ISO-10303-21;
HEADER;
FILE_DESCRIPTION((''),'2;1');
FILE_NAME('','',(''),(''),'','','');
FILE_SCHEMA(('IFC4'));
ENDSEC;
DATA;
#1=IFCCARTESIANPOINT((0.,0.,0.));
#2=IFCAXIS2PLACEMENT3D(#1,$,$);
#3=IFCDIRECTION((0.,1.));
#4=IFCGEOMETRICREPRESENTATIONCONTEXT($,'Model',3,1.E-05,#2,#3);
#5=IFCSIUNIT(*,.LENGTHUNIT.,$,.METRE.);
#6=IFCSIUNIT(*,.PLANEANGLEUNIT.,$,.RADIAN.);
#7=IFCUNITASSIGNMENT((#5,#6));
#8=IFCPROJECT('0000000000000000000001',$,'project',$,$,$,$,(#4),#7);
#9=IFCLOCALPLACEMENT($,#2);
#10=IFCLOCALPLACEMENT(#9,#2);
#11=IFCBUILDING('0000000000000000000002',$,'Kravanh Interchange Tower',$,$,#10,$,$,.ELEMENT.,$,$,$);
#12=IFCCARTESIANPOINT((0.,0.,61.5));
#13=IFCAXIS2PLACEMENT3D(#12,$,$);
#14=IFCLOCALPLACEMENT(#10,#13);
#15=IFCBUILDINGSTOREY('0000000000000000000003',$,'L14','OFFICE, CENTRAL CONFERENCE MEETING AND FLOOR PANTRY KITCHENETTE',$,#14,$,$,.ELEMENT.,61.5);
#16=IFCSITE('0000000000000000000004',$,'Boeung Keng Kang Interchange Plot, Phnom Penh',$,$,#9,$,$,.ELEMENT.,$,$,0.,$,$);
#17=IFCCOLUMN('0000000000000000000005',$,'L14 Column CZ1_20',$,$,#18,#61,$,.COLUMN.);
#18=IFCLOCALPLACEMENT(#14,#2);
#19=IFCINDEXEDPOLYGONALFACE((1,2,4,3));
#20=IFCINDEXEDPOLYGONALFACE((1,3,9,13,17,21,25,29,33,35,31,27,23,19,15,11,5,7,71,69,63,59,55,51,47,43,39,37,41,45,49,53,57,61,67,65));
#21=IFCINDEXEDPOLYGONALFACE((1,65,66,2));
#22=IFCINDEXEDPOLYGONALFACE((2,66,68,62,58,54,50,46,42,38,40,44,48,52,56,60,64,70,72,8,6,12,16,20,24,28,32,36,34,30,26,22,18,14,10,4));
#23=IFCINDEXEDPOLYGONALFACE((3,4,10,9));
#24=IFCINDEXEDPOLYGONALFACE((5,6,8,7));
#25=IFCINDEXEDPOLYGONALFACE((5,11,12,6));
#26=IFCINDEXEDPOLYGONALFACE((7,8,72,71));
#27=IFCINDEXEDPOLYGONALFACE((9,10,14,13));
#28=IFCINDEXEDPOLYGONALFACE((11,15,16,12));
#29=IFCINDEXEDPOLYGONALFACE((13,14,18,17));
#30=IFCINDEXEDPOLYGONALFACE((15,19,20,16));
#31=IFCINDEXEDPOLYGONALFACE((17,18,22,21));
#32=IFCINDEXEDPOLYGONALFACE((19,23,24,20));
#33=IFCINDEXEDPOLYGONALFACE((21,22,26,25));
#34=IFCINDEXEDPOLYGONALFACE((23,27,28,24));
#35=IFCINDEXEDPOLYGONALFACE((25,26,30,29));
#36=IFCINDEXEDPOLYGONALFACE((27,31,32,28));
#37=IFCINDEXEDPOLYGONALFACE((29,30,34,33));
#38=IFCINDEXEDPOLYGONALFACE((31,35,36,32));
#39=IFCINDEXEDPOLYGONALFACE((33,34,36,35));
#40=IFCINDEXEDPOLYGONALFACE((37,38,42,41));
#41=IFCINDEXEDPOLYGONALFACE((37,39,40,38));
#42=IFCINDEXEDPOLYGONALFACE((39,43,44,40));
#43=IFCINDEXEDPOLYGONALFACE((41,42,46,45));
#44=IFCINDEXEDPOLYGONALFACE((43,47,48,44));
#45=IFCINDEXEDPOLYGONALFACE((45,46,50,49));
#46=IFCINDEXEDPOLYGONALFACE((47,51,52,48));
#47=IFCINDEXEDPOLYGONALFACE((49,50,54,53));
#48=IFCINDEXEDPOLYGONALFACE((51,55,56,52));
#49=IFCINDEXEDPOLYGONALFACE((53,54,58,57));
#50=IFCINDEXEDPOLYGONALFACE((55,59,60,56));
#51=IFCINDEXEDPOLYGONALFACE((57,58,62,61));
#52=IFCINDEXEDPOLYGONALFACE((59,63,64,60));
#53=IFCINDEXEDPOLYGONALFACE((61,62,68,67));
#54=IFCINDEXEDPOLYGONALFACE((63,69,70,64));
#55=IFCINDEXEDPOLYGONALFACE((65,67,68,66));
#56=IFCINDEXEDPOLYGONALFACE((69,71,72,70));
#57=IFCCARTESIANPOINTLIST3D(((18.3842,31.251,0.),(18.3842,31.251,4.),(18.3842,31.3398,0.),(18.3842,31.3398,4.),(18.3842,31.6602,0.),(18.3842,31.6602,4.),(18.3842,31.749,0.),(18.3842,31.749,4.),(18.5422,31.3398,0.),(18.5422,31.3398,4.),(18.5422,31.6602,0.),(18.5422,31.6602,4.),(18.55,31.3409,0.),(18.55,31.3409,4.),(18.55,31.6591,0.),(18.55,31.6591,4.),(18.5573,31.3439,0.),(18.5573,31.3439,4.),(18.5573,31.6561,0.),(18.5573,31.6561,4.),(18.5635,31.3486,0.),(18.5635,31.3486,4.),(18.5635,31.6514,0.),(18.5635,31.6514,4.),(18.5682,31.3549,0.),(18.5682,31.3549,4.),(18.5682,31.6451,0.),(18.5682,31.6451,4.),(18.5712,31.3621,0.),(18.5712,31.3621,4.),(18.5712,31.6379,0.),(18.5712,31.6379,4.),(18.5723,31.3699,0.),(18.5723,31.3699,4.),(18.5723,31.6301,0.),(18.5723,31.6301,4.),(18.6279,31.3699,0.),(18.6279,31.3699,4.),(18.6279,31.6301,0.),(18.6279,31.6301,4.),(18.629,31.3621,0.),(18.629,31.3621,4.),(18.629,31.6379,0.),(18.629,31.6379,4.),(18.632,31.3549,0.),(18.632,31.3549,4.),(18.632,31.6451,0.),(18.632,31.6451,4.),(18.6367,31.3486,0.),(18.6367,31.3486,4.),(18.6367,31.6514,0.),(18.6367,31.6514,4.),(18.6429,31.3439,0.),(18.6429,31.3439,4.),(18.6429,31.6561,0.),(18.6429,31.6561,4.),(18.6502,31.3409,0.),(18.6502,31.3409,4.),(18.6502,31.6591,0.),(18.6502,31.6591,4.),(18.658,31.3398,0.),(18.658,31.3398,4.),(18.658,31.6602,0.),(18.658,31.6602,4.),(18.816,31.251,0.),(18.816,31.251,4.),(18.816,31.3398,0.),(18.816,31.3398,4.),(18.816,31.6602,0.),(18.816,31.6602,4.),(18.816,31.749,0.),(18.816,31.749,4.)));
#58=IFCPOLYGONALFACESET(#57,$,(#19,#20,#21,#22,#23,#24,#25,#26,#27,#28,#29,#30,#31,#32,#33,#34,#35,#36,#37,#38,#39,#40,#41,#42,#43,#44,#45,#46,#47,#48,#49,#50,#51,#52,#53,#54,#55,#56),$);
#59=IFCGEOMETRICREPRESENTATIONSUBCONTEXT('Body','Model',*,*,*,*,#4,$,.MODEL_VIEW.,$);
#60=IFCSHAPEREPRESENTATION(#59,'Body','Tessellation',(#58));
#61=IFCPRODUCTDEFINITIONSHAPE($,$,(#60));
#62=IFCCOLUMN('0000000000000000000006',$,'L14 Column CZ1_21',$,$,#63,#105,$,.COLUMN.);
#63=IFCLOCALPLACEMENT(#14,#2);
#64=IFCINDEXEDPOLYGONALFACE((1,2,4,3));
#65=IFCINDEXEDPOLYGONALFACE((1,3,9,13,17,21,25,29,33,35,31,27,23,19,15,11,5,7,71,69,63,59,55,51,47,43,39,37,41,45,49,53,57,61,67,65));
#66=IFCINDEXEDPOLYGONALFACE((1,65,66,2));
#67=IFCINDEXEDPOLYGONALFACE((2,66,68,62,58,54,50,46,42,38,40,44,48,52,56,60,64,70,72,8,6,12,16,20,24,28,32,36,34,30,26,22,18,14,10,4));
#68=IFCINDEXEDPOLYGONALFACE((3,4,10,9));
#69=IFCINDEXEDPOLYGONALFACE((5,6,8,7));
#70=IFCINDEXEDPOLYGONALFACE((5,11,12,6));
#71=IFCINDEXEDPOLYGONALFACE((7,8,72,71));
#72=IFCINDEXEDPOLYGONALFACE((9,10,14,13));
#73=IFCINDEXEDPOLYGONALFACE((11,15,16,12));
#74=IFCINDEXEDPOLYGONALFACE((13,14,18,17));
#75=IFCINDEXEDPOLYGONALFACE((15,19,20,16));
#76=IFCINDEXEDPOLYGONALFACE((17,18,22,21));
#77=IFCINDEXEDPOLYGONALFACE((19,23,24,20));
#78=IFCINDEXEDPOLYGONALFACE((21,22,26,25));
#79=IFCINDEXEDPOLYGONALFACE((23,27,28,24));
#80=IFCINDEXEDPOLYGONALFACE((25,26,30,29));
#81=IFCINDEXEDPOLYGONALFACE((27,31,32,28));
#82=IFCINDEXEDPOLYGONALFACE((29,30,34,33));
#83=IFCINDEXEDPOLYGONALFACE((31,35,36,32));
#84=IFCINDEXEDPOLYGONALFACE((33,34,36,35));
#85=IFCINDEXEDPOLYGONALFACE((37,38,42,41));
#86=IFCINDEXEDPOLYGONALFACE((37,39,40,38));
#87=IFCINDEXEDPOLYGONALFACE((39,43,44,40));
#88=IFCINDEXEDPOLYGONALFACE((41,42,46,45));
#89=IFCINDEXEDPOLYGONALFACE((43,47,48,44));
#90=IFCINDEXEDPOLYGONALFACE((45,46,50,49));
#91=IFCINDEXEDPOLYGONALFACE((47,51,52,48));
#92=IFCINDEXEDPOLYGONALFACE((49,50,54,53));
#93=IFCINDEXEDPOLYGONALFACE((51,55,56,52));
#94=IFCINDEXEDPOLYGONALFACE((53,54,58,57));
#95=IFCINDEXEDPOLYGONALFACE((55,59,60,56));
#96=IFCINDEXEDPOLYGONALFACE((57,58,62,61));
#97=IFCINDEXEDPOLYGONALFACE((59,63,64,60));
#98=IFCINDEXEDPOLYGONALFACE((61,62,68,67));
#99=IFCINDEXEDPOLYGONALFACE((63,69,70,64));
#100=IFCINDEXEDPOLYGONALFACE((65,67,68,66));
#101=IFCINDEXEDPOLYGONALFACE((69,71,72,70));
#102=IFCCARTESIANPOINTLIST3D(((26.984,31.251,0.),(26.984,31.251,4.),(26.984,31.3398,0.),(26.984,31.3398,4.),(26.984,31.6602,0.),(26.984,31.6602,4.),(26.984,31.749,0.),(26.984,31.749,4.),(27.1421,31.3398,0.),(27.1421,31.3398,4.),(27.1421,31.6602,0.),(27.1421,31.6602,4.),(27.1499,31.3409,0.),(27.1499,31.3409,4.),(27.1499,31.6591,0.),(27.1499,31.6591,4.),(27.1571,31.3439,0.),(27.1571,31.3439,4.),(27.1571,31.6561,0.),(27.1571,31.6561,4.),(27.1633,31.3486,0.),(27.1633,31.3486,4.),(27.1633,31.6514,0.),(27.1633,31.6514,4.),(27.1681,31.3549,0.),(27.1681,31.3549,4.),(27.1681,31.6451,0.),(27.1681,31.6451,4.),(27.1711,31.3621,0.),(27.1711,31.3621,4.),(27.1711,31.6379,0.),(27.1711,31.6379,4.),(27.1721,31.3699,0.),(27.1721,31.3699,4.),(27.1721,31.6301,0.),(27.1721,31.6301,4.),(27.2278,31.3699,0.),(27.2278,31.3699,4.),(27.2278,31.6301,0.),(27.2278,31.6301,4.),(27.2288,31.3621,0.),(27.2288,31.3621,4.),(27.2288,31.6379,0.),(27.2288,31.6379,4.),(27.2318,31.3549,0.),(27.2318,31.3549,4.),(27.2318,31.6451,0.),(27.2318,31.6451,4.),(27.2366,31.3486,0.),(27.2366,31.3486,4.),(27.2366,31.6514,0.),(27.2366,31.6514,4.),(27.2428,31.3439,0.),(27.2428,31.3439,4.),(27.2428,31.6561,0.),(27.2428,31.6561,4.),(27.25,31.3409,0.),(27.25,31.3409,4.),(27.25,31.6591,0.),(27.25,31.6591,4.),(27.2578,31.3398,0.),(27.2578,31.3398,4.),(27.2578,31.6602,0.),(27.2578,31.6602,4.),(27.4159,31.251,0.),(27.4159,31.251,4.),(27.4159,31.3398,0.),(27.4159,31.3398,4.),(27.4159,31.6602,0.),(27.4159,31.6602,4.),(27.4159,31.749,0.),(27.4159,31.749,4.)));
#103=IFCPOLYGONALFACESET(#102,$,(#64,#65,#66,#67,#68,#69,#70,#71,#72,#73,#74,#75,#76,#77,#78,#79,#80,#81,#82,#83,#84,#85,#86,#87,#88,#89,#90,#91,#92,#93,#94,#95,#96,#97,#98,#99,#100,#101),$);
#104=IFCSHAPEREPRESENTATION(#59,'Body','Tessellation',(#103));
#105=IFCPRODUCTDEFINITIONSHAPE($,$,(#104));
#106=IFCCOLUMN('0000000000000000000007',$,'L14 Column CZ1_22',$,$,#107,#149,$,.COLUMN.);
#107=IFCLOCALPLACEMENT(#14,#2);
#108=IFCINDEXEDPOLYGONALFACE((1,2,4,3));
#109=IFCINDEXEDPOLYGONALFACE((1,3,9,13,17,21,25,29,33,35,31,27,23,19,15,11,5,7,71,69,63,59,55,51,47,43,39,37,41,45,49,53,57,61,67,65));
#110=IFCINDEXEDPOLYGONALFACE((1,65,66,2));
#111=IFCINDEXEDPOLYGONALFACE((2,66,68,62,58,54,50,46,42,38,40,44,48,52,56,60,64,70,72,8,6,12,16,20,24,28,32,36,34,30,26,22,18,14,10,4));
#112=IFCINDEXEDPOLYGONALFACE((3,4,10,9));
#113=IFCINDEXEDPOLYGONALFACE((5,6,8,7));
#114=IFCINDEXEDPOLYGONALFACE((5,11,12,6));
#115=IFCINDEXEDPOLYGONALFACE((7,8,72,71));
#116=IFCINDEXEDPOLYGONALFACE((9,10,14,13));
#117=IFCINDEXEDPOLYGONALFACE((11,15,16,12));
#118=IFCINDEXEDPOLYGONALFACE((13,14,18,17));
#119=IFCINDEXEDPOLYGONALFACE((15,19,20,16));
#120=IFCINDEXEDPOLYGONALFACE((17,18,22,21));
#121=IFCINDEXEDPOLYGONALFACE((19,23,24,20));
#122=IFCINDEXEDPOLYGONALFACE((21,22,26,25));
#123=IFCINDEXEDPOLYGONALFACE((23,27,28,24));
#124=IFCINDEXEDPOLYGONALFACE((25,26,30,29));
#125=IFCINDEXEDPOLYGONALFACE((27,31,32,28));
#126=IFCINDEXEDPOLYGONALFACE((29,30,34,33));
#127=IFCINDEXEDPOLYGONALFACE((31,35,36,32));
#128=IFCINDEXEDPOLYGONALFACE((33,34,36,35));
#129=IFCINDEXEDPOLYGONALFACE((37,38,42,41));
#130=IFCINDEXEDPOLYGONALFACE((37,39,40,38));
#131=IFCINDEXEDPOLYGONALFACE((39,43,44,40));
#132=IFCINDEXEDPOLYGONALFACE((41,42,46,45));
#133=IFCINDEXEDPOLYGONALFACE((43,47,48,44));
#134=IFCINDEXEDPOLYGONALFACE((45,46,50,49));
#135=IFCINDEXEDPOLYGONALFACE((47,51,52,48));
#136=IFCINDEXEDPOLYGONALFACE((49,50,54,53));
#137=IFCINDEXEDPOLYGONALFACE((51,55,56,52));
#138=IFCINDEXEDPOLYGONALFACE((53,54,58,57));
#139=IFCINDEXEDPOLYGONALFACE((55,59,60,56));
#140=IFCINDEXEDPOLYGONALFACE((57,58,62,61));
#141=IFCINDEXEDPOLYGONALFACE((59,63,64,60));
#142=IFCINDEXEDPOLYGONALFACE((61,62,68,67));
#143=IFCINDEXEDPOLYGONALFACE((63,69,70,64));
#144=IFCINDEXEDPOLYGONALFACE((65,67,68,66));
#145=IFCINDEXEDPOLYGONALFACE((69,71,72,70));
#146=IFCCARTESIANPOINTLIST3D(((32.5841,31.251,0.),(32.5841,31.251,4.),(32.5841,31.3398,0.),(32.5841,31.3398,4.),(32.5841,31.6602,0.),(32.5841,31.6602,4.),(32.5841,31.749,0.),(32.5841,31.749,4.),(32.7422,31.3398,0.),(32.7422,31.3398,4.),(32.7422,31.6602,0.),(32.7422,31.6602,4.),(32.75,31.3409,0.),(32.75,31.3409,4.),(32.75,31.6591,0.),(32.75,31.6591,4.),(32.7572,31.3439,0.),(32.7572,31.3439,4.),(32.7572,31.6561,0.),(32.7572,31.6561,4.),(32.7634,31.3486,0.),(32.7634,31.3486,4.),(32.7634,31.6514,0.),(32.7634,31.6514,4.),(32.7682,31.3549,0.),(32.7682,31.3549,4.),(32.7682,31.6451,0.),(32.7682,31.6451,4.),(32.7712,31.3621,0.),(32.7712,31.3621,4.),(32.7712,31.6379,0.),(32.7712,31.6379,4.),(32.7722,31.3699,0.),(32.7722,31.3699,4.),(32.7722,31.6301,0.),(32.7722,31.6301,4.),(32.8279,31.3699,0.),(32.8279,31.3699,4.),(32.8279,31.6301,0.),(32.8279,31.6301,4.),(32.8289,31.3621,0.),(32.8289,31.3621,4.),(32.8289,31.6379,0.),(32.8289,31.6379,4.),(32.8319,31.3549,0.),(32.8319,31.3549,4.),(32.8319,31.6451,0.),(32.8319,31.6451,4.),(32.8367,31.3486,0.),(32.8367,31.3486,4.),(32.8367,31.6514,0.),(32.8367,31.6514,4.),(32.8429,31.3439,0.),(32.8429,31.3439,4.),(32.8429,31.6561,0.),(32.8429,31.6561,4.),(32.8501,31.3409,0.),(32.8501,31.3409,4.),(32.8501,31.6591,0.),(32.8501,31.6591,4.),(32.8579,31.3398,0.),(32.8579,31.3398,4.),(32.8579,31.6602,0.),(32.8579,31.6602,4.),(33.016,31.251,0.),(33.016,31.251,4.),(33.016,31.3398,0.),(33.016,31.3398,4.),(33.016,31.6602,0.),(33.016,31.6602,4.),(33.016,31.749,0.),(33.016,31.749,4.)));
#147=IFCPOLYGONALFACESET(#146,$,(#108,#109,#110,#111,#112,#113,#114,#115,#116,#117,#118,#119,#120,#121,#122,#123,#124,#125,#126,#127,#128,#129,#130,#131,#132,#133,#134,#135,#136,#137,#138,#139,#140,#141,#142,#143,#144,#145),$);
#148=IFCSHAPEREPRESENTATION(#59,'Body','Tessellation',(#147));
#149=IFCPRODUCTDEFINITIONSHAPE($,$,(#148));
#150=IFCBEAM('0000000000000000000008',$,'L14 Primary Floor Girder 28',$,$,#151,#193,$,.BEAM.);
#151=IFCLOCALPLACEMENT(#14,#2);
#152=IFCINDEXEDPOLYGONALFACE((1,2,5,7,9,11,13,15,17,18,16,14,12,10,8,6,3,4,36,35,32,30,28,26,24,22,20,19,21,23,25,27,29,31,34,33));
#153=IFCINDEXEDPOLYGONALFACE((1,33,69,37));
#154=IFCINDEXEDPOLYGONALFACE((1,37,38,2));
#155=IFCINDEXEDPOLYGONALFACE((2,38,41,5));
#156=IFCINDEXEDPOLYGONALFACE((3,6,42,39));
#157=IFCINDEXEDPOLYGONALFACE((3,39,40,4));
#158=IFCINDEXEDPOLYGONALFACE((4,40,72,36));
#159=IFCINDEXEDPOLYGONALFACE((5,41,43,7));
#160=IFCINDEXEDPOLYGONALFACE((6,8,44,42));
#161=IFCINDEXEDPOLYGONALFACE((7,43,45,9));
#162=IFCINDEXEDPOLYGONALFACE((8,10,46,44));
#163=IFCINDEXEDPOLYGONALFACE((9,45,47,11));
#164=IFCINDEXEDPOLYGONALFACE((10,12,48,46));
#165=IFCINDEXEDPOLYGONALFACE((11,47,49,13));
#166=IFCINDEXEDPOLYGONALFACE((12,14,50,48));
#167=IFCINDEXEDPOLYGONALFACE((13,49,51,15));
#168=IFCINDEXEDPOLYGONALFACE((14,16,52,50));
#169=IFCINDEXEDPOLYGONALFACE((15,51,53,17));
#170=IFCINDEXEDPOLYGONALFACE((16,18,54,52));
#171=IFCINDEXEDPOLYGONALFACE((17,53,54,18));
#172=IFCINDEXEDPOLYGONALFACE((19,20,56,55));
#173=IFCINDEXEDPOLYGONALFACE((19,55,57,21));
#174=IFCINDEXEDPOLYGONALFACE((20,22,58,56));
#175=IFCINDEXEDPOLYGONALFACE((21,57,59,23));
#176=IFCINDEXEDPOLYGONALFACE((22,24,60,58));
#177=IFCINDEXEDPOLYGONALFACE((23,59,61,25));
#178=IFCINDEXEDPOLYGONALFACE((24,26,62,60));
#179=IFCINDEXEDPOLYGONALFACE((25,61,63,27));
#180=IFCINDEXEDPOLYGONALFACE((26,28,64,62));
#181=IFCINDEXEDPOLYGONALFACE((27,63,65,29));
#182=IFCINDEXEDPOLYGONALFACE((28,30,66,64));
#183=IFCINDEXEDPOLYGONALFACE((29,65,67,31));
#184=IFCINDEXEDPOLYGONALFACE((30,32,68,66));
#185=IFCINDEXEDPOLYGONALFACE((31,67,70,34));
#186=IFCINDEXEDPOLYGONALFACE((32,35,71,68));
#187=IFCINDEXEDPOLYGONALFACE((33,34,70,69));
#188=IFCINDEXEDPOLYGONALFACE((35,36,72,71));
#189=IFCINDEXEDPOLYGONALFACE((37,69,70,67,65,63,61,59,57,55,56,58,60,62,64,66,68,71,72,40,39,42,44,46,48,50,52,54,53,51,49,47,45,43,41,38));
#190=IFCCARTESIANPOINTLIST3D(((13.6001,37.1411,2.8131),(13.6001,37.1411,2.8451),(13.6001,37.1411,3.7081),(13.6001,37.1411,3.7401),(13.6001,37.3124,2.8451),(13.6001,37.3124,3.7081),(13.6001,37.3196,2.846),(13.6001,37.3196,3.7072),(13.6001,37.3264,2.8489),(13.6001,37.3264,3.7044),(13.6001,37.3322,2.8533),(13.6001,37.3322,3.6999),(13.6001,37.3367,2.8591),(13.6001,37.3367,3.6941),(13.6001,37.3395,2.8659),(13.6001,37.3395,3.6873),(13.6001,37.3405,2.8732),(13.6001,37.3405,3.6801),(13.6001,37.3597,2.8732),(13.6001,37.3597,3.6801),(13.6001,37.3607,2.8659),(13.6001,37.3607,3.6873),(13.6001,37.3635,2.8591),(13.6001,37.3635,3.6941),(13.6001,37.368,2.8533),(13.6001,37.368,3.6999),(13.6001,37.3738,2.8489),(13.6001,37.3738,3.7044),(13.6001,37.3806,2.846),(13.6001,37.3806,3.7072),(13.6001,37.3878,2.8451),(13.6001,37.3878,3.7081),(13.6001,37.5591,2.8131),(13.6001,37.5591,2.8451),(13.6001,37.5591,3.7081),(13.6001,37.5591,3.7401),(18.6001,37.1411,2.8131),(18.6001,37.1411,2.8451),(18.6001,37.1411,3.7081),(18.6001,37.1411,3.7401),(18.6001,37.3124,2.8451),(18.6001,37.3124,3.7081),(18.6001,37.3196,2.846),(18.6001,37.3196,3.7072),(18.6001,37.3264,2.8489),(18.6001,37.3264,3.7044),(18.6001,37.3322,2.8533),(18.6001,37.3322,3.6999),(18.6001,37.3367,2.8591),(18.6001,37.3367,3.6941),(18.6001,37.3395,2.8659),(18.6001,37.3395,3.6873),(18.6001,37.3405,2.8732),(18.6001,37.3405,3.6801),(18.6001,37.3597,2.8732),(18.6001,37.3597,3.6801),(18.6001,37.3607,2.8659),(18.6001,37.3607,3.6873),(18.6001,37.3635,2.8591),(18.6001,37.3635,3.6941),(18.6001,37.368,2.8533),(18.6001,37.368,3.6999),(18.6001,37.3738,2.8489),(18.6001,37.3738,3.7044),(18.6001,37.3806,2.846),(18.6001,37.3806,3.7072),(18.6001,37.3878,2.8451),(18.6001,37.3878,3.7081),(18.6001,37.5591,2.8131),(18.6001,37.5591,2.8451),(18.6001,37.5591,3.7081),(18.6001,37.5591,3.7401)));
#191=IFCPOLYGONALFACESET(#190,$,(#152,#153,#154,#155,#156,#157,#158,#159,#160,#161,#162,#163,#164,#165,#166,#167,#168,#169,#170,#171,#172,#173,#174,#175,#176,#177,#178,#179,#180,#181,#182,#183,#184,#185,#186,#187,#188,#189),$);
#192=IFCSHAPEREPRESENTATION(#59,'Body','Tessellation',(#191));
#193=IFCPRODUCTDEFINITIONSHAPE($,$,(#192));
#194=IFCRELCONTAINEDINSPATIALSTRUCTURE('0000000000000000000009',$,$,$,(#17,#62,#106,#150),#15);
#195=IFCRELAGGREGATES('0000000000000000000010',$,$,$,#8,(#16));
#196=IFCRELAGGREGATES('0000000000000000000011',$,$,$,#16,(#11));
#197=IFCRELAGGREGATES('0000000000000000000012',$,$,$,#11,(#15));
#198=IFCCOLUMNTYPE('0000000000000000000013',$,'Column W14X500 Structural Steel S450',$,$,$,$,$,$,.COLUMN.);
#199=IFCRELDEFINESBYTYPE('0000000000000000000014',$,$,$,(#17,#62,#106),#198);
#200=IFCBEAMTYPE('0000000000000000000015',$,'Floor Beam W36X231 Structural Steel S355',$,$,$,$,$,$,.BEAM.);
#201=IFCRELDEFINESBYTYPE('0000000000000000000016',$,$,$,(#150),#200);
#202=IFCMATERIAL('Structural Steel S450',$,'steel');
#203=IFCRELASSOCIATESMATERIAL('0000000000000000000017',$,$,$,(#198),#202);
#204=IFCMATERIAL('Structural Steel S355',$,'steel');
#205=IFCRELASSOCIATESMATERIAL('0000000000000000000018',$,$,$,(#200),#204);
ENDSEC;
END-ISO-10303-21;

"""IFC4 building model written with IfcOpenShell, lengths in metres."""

from ifc_helpers import new_model, si_unit, direction, frame, origin, origin_2d, place, context, subcontext, project, spatial, i_section, extrude, material, material_profile, profile_set, type_object, element, save


model = new_model("IFC4")

# Units and contexts
model_context = context("Model", 3, precision=1e-05, world=origin(), true_north=direction((0.0, 1.0)))
body_context = subcontext(model_context, "Body", "Model", "MODEL_VIEW")
ifc_project = project(units=[si_unit("LENGTHUNIT", "METRE"), si_unit("PLANEANGLEUNIT", "RADIAN")], contexts=[model_context])

# Site, building, storey
site_placement = place(None, origin())
site = spatial("IfcSite", under=ifc_project, at=site_placement, Name="Boeung Keng Kang Interchange Plot, Phnom Penh", CompositionType="ELEMENT", RefElevation=0.0)
building_placement = place(site_placement, origin())
building = spatial("IfcBuilding", under=site, at=building_placement, Name="Kravanh Interchange Tower", CompositionType="ELEMENT")
storey_placement = place(building_placement, frame((0.0, 0.0, 61.5)))
storey = spatial("IfcBuildingStorey", under=building, at=storey_placement, Name="L14", Description="OFFICE, CENTRAL CONFERENCE MEETING AND FLOOR PANTRY KITCHENETTE", CompositionType="ELEMENT", Elevation=61.5)

# Columns
ifc_material_1 = material(Name="Structural Steel S450", Category="steel")
ifc_material_profile_1 = material_profile(ifc_material_1, i_section(OverallWidth=0.4319, OverallDepth=0.498, WebThickness=0.0557, FlangeThickness=0.0889, FilletRadius=0.03, at=origin_2d()), Name="W14X500")
ifc_profile_set_1 = profile_set([ifc_material_profile_1], Name="Structural Steel S450")
column_type_1 = type_object("IfcColumnType", Name="Column W14X500 Structural Steel S450", PredefinedType="COLUMN", material=ifc_profile_set_1)
for number, where, z_axis, x_axis, name in (
    (1, (18.6001, 31.5, 0.0), (0.0, 0.0, 1.0), (1.0, 0.0, 0.0), "L14 Column CZ1_20"),
    (2, (27.2, 31.5, 0.0), (0.0, 0.0, 1.0), (1.0, 0.0, 0.0), "L14 Column CZ1_21"),
    (3, (32.8, 31.5, 0.0), (0.0, 0.0, 1.0), (1.0, 0.0, 0.0), "L14 Column CZ1_22"),
):
    element("IfcColumn", number, at=place(storey_placement, frame(where, z_axis=z_axis, x_axis=x_axis)), inside=storey, type_object=column_type_1, Name=name, PredefinedType="COLUMN", context=body_context, shape_type="SweptSolid", body=[
        extrude(i_section(OverallWidth=0.4319, OverallDepth=0.498, WebThickness=0.0557, FlangeThickness=0.0889, FilletRadius=0.03, at=origin_2d()), origin(), (0.0, 0.0, 1.0), 4.0),
    ])

# Beam
ifc_material_2 = material(Name="Structural Steel S355", Category="steel")
ifc_material_profile_2 = material_profile(ifc_material_2, i_section(OverallWidth=0.418, OverallDepth=0.927, WebThickness=0.0193, FlangeThickness=0.032, FilletRadius=0.0281, at=origin_2d()), Name="W36X231")
ifc_profile_set_2 = profile_set([ifc_material_profile_2], Name="Structural Steel S355")
beam_type_1 = type_object("IfcBeamType", Name="Floor Beam W36X231 Structural Steel S355", PredefinedType="BEAM", material=ifc_profile_set_2)
beam_1_placement = place(storey_placement, frame((18.6001, 37.3501, 3.2766), z_axis=(-1.0, 0.0, 0.0), x_axis=(0.0, -1.0, 0.0)))
element("IfcBeam", 4, at=beam_1_placement, inside=storey, type_object=beam_type_1, Name="L14 Primary Floor Girder 28", PredefinedType="BEAM", context=body_context, shape_type="SweptSolid", body=[
    extrude(i_section(OverallWidth=0.418, OverallDepth=0.927, WebThickness=0.0193, FlangeThickness=0.032, FilletRadius=0.0281, at=origin_2d()), origin(), (0.0, 0.0, 1.0), 5.0),
])

save(model, "model.ifc")
